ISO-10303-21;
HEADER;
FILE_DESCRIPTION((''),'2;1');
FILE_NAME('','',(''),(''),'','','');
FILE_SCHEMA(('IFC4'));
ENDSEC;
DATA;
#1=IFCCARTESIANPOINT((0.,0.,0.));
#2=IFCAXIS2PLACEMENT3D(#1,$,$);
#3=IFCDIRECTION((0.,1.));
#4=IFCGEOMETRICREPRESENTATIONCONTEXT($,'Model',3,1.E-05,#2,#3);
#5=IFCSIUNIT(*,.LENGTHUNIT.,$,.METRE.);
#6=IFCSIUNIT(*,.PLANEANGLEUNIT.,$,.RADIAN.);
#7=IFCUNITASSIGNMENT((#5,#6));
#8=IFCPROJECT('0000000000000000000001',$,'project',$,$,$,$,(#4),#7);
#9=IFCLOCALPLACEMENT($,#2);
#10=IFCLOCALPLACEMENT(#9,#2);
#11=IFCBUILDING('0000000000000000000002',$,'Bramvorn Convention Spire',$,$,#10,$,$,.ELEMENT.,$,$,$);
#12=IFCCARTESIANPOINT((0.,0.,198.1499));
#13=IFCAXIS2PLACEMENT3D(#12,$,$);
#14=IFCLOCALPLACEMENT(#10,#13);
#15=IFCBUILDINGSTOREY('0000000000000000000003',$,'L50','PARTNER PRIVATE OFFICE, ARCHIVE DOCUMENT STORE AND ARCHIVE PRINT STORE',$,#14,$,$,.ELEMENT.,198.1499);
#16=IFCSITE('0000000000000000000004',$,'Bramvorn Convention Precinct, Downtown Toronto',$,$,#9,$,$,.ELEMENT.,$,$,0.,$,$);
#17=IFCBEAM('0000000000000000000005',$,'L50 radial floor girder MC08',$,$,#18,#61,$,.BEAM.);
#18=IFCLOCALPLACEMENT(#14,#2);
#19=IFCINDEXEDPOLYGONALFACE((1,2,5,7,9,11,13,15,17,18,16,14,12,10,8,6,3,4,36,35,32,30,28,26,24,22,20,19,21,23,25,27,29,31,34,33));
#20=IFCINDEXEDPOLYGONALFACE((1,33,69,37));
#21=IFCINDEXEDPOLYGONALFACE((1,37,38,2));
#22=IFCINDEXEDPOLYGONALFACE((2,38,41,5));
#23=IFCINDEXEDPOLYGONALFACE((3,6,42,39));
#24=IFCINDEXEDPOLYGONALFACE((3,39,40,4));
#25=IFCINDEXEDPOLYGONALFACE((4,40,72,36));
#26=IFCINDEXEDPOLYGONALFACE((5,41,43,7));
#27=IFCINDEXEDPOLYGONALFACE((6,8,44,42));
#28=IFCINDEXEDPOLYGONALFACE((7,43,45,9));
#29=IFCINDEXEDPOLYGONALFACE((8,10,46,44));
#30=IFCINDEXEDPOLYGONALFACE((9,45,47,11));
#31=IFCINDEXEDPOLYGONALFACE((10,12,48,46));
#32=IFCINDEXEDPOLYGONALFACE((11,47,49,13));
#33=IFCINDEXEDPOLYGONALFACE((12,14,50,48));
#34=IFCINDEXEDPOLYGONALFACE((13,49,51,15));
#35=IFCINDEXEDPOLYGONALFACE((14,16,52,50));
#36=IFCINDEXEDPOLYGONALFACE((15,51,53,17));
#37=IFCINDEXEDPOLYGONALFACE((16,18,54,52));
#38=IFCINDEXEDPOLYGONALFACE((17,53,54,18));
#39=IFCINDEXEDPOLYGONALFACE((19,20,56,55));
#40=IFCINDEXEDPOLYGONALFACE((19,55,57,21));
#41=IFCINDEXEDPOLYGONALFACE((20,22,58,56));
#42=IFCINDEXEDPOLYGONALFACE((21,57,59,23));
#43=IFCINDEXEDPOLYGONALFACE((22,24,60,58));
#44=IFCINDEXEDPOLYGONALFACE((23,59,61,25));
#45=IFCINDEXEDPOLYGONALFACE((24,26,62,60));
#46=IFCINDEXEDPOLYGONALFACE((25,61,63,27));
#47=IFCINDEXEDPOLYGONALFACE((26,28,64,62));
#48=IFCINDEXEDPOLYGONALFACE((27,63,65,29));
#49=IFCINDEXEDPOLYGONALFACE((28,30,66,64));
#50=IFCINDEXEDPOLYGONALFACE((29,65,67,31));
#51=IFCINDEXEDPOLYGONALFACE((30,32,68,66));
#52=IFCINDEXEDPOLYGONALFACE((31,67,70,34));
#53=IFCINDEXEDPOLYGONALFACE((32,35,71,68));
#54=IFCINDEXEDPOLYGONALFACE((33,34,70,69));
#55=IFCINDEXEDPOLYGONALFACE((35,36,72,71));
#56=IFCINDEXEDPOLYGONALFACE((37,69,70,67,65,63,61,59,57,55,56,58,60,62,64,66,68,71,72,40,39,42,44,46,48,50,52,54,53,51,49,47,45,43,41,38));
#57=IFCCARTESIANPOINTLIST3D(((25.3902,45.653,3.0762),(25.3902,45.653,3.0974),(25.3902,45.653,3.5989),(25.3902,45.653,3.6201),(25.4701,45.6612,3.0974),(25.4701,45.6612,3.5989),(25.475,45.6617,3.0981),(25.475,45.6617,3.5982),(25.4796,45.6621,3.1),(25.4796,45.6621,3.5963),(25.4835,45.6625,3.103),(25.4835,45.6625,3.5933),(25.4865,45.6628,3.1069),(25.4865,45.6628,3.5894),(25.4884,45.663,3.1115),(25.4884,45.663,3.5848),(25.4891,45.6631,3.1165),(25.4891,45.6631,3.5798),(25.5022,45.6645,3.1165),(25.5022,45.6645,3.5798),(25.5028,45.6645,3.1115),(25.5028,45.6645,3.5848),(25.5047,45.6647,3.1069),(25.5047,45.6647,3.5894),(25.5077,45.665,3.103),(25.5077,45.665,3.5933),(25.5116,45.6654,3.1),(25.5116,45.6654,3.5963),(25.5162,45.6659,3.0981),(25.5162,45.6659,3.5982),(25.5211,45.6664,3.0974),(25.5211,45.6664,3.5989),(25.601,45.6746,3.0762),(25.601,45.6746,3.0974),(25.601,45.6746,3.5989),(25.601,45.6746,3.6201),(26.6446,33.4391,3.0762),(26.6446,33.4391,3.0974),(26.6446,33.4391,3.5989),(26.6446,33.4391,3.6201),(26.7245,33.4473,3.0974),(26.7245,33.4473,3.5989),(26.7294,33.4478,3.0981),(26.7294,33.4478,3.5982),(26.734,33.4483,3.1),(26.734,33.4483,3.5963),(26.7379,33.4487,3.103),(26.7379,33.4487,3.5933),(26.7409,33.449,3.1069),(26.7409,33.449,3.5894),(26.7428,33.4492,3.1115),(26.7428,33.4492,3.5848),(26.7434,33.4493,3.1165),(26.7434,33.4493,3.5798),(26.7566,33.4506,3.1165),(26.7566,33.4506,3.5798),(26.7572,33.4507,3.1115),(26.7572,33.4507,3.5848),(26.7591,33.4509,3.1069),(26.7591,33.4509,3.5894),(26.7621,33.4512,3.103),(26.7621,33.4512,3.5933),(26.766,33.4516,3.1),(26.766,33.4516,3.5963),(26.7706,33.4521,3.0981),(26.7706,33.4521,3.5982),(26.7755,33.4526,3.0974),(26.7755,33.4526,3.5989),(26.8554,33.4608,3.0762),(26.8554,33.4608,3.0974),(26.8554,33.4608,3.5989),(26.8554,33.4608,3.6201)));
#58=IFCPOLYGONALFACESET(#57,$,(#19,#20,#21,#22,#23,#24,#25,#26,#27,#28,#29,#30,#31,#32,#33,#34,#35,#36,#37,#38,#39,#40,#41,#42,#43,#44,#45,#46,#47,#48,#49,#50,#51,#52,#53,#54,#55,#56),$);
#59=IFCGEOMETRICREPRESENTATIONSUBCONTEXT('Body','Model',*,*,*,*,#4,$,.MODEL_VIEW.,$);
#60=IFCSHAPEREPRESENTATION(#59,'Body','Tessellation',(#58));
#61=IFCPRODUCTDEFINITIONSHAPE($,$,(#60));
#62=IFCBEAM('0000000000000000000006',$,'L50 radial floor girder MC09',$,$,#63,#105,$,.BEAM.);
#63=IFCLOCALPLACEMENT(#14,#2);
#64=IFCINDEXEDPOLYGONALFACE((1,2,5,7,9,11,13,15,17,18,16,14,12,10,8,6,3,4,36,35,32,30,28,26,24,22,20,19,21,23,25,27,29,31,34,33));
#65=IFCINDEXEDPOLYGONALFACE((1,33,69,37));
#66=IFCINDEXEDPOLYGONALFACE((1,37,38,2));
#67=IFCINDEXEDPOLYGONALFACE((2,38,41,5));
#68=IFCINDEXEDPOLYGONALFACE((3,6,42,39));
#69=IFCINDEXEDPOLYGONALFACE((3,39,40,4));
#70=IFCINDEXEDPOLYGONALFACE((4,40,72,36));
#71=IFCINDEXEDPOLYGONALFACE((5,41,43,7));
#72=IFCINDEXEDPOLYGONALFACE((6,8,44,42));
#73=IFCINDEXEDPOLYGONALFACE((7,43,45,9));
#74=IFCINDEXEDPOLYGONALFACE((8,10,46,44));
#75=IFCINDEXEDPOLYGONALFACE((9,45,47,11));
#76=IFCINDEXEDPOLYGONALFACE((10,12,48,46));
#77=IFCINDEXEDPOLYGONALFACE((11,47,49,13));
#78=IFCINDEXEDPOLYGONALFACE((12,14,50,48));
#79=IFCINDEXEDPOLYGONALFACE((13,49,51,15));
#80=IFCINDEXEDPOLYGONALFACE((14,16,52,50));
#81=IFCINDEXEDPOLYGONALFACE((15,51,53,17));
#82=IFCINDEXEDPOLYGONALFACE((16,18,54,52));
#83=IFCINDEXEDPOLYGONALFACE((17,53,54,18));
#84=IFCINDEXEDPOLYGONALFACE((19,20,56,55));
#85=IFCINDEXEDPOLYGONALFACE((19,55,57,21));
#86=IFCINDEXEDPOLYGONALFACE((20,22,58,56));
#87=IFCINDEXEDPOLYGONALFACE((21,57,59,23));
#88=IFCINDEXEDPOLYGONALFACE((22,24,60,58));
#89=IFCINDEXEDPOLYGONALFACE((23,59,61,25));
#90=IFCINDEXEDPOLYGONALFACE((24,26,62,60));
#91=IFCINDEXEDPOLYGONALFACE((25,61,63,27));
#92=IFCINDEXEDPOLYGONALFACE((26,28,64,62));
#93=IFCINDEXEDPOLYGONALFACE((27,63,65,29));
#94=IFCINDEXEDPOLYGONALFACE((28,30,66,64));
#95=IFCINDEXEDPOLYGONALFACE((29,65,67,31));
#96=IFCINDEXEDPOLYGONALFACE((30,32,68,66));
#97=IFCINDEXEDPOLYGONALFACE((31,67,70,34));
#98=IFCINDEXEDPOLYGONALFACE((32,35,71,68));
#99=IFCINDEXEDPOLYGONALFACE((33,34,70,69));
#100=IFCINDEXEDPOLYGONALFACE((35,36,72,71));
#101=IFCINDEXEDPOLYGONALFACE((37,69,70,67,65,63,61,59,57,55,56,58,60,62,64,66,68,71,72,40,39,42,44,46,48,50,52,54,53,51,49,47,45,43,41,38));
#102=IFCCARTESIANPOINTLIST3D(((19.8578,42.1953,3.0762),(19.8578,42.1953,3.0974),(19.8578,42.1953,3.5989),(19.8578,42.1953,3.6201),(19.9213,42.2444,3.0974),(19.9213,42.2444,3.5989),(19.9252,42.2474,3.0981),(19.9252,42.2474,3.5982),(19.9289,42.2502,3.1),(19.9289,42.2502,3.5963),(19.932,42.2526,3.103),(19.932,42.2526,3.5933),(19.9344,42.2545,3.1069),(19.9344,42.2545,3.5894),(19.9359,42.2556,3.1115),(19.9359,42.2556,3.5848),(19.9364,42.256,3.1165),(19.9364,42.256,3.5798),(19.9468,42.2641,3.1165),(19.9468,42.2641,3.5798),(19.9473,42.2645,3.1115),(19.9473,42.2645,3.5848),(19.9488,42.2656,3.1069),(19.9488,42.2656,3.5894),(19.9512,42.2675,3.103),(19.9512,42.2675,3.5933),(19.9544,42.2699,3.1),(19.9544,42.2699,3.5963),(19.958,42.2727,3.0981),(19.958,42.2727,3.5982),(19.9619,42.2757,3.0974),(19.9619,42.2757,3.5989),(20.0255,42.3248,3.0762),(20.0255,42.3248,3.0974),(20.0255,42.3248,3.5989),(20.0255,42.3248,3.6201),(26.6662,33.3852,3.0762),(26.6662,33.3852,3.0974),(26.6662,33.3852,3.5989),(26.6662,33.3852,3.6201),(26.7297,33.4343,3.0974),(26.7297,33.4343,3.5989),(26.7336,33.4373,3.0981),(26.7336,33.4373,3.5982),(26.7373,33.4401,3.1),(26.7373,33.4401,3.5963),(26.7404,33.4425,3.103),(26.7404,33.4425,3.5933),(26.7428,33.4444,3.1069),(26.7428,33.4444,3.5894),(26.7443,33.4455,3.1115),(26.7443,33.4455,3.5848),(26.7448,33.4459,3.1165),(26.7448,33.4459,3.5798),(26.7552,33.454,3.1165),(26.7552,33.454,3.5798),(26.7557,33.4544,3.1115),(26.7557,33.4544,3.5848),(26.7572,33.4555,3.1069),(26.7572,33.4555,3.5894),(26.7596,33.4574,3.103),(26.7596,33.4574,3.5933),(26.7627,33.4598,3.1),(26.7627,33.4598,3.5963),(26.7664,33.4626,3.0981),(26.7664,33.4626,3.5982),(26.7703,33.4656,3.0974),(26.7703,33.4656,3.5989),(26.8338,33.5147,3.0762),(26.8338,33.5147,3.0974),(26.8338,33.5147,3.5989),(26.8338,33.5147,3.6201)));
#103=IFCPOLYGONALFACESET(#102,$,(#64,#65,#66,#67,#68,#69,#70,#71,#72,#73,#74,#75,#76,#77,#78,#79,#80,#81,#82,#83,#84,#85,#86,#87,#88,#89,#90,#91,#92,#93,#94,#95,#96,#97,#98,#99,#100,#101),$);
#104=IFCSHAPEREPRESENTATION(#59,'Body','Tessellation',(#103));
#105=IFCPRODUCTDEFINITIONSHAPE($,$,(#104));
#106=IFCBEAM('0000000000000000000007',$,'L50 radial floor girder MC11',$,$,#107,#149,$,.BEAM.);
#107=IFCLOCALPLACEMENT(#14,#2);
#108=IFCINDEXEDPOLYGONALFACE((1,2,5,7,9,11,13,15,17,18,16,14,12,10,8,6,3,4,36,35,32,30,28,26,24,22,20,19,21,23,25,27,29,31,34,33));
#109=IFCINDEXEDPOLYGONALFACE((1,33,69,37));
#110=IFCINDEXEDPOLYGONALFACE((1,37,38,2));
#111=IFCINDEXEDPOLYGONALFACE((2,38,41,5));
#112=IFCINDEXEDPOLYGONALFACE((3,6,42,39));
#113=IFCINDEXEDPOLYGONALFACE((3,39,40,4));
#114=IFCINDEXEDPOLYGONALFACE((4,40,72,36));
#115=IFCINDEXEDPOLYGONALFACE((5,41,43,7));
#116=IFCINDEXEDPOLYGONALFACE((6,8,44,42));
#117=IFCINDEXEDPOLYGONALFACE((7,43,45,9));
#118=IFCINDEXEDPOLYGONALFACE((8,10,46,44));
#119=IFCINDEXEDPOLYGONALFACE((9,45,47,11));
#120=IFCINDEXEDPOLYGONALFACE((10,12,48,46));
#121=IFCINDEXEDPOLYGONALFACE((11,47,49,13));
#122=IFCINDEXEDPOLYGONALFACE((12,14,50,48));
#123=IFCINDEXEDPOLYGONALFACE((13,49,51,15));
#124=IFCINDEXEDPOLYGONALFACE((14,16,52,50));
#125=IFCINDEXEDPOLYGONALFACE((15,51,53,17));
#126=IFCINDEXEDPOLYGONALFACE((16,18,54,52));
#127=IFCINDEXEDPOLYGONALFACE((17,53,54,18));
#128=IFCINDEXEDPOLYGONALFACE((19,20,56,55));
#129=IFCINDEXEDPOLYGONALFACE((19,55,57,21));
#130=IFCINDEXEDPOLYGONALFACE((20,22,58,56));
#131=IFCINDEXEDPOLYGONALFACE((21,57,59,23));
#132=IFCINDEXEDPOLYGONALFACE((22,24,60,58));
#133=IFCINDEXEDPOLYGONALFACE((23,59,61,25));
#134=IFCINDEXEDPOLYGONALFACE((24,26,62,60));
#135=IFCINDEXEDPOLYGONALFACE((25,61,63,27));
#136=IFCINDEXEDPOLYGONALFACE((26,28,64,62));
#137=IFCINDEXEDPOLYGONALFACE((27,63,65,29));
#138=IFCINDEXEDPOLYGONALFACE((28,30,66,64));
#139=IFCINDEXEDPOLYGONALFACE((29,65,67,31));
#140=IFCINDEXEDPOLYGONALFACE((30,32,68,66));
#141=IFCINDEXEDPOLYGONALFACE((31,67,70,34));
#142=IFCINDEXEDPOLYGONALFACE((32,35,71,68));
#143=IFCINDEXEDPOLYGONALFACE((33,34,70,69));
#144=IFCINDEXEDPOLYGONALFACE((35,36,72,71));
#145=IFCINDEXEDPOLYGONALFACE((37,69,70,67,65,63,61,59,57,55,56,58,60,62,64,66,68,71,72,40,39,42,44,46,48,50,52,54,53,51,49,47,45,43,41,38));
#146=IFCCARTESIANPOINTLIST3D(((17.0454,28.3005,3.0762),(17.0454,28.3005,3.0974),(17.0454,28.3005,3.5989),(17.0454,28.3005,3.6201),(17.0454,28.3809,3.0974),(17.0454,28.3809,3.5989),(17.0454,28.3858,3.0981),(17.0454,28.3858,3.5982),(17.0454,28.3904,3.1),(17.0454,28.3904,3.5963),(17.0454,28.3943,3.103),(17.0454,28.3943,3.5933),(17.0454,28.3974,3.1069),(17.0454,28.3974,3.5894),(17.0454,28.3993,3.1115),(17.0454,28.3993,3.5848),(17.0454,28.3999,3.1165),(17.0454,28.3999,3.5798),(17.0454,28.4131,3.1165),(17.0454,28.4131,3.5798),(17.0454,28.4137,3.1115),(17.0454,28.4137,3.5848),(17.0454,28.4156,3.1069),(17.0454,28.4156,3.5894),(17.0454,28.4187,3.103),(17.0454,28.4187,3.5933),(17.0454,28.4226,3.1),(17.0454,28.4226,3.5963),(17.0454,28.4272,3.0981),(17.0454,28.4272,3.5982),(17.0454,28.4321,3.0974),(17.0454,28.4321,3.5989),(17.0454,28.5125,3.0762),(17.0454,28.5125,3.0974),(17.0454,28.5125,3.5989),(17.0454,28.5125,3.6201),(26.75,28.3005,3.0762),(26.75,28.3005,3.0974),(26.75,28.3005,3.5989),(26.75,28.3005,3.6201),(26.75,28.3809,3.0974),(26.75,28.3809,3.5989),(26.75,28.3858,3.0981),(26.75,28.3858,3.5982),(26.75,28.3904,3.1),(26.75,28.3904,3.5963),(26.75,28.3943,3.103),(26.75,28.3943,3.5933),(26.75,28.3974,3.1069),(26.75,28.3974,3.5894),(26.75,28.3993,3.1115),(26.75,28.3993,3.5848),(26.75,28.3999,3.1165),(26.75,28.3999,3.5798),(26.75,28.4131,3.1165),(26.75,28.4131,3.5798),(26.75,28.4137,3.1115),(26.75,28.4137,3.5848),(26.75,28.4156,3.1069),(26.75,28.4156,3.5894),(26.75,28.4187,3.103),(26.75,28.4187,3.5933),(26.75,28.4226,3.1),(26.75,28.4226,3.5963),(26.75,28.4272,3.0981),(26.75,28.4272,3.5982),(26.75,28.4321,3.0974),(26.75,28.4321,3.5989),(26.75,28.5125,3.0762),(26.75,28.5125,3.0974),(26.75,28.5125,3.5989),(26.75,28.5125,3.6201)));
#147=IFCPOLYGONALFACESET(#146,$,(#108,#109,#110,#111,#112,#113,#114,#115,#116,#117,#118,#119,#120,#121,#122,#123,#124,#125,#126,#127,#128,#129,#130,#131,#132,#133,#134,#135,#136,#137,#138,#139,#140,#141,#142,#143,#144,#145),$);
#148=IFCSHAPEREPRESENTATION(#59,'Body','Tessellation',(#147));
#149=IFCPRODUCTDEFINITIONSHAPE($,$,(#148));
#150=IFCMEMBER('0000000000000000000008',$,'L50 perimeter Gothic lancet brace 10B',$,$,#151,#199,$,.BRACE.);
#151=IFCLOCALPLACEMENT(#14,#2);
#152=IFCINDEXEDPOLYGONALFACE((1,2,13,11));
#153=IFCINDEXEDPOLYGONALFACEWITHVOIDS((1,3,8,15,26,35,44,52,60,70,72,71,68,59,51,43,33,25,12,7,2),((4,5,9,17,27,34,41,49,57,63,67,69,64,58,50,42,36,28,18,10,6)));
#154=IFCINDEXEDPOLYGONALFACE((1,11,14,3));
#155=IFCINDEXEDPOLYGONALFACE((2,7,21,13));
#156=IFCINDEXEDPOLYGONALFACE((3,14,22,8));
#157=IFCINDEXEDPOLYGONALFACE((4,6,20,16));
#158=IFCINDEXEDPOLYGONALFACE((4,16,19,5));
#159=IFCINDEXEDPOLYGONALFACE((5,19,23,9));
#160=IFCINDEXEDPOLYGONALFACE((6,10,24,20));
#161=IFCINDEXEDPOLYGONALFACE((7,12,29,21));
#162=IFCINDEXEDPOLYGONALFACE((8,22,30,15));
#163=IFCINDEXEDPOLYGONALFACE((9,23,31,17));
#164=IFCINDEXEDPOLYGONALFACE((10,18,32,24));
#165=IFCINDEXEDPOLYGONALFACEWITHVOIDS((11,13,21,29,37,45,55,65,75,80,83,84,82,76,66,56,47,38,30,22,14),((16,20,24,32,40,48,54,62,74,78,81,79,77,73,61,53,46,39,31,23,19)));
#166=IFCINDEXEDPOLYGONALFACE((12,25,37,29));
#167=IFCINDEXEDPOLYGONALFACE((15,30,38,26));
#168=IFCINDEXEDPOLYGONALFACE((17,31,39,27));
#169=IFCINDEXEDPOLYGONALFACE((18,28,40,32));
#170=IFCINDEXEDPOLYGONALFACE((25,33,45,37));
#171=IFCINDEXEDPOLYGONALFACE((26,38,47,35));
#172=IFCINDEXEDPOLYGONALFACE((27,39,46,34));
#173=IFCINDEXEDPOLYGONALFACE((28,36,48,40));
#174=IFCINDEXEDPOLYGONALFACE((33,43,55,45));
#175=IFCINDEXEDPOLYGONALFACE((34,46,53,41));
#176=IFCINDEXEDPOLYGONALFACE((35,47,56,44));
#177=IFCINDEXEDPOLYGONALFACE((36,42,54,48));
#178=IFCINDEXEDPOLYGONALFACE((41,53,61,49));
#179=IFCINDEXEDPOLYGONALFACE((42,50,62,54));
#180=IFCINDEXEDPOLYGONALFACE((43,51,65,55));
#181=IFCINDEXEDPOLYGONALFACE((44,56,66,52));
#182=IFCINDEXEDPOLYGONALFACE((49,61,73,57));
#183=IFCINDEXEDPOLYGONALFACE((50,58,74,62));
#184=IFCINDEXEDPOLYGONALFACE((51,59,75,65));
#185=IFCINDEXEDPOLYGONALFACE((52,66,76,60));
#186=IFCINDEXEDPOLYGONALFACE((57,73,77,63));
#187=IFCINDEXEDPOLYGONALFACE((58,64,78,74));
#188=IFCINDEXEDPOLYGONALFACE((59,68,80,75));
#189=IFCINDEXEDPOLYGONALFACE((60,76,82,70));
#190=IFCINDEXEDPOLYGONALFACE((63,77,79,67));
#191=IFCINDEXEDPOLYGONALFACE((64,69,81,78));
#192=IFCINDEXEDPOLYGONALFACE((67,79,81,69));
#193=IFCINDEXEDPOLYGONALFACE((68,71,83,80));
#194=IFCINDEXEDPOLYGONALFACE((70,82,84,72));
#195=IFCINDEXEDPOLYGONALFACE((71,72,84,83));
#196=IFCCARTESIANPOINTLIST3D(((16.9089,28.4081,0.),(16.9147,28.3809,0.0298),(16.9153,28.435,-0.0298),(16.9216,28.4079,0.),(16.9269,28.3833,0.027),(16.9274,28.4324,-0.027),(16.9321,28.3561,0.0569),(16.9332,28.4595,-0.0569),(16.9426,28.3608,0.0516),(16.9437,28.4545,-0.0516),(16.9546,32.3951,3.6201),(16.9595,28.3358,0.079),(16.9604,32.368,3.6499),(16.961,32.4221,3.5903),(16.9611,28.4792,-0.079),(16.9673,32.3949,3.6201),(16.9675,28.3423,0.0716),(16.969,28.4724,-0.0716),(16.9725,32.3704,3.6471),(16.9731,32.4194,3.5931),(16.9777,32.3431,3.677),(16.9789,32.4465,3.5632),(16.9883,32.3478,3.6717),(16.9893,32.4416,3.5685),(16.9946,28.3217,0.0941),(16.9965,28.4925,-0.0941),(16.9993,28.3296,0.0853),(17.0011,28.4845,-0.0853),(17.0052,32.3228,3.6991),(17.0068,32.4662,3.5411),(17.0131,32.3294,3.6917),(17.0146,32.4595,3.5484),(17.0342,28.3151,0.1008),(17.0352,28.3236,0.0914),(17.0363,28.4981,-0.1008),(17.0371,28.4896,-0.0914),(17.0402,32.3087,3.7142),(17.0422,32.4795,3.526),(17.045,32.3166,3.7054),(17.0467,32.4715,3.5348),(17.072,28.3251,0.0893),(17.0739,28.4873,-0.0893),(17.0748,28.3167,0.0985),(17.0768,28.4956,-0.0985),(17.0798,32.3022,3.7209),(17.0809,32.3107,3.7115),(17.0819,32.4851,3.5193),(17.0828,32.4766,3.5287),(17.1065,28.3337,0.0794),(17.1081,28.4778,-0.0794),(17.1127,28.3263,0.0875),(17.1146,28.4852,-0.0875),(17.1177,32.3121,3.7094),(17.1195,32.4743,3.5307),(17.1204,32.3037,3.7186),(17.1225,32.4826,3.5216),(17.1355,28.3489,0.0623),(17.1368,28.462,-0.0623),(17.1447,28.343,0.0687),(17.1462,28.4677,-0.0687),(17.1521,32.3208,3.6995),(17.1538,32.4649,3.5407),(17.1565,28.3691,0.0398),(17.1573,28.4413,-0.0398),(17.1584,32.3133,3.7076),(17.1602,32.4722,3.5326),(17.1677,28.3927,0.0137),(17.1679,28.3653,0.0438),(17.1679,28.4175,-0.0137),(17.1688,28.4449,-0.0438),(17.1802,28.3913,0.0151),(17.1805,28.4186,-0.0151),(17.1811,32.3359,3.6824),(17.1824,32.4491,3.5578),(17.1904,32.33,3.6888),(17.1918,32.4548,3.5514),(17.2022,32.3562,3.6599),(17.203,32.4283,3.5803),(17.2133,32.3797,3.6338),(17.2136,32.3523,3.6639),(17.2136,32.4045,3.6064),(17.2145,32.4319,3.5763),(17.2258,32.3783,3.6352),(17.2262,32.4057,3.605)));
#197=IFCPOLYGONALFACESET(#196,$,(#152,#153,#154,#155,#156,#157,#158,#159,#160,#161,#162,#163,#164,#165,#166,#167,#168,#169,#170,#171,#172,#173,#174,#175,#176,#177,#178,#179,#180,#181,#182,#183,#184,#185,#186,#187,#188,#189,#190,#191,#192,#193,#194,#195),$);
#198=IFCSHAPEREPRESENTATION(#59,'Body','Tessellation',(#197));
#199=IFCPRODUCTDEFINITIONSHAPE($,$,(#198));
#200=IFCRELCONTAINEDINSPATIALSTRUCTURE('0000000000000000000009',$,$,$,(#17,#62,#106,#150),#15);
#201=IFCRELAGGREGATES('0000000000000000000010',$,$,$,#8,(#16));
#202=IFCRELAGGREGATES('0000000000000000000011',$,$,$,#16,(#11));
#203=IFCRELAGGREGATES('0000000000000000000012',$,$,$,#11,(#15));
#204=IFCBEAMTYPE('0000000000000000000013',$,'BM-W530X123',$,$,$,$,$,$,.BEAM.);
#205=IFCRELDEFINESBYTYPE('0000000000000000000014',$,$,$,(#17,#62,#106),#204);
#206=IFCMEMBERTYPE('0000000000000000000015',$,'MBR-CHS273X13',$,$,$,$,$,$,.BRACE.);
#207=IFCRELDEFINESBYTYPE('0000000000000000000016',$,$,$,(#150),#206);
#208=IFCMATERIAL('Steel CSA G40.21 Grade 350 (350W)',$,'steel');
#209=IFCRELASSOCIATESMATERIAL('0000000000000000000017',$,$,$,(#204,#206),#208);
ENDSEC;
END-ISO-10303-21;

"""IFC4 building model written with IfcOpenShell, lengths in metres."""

from ifc_helpers import new_model, si_unit, direction, frame, origin, origin_2d, place, context, subcontext, project, spatial, hollow_circle, i_section, extrude, material, material_profile, profile_set, type_object, element, save


model = new_model("IFC4")

# Units and contexts
model_context = context("Model", 3, precision=1e-05, world=origin(), true_north=direction((0.0, 1.0)))
body_context = subcontext(model_context, "Body", "Model", "MODEL_VIEW")
ifc_project = project(units=[si_unit("LENGTHUNIT", "METRE"), si_unit("PLANEANGLEUNIT", "RADIAN")], contexts=[model_context])

# Site, building, storey
site_placement = place(None, origin())
site = spatial("IfcSite", under=ifc_project, at=site_placement, Name="Bramvorn Convention Precinct, Downtown Toronto", CompositionType="ELEMENT", RefElevation=0.0)
building_placement = place(site_placement, origin())
building = spatial("IfcBuilding", under=site, at=building_placement, Name="Bramvorn Convention Spire", CompositionType="ELEMENT")
storey_placement = place(building_placement, frame((0.0, 0.0, 198.1499)))
storey = spatial("IfcBuildingStorey", under=building, at=storey_placement, Name="L50", Description="PARTNER PRIVATE OFFICE, ARCHIVE DOCUMENT STORE AND ARCHIVE PRINT STORE", CompositionType="ELEMENT", Elevation=198.1499)

# Shared definitions
ifc_material_1 = material(Name="Steel CSA G40.21 Grade 350 (350W)", Category="steel")

# Beams
ifc_material_profile_1 = material_profile(ifc_material_1, i_section(OverallWidth=0.2119, OverallDepth=0.5439, WebThickness=0.0132, FlangeThickness=0.0212, FilletRadius=0.019, at=origin_2d()))
ifc_profile_set_1 = profile_set([ifc_material_profile_1], Name="Steel CSA G40.21 Grade 350 (350W) - W530X123")
beam_type_1 = type_object("IfcBeamType", Name="BM-W530X123", PredefinedType="BEAM", material=ifc_profile_set_1)
beam_1_placement = place(storey_placement, frame((26.75, 33.45, 3.3481), z_axis=(-0.102165, 0.994767, 0.0), x_axis=(-0.994767, -0.102165, 0.0)))
element("IfcBeam", 1, at=beam_1_placement, inside=storey, type_object=beam_type_1, Name="L50 radial floor girder MC08", PredefinedType="BEAM", context=body_context, shape_type="SweptSolid", body=[
    extrude(i_section(OverallWidth=0.2119, OverallDepth=0.5439, WebThickness=0.0132, FlangeThickness=0.0212, FilletRadius=0.019, at=origin_2d()), origin(), (0.0, 0.0, 1.0), 12.2781),
])
beam_2_placement = place(storey_placement, frame((26.75, 33.45, 3.3481), z_axis=(-0.61148, 0.79126, 0.0), x_axis=(-0.79126, -0.61148, 0.0)))
element("IfcBeam", 2, at=beam_2_placement, inside=storey, type_object=beam_type_1, Name="L50 radial floor girder MC09", PredefinedType="BEAM", context=body_context, shape_type="SweptSolid", body=[
    extrude(i_section(OverallWidth=0.2119, OverallDepth=0.5439, WebThickness=0.0132, FlangeThickness=0.0212, FilletRadius=0.019, at=origin_2d()), origin(), (0.0, 0.0, 1.0), 11.1343),
])
beam_3_placement = place(storey_placement, frame((26.75, 28.4065, 3.3481), z_axis=(-1.0, 0.0, 0.0), x_axis=(0.0, -1.0, 0.0)))
element("IfcBeam", 3, at=beam_3_placement, inside=storey, type_object=beam_type_1, Name="L50 radial floor girder MC11", PredefinedType="BEAM", context=body_context, shape_type="SweptSolid", body=[
    extrude(i_section(OverallWidth=0.2119, OverallDepth=0.5439, WebThickness=0.0132, FlangeThickness=0.0212, FilletRadius=0.019, at=origin_2d()), origin(), (0.0, 0.0, 1.0), 9.7046),
])

# Member
ifc_material_profile_2 = material_profile(ifc_material_1, hollow_circle(Radius=0.1365, WallThickness=0.0127, at=origin_2d()))
ifc_profile_set_2 = profile_set([ifc_material_profile_2], Name="Steel CSA G40.21 Grade 350 (350W) - CHS273X13")
member_type = type_object("IfcMemberType", Name="MBR-CHS273X13", PredefinedType="BRACE", material=ifc_profile_set_2)
member_placement = place(storey_placement, frame((17.0454, 28.4065, 0.0), z_axis=(0.008477, 0.740328, 0.672193), x_axis=(-0.999934, 0.01145, 0.0)))
element("IfcMember", 4, at=member_placement, inside=storey, type_object=member_type, Name="L50 perimeter Gothic lancet brace 10B", PredefinedType="BRACE", context=body_context, shape_type="SweptSolid", body=[
    extrude(hollow_circle(Radius=0.1365, WallThickness=0.0127, at=origin_2d()), origin(), (0.0, 0.0, 1.0), 5.3855),
])

save(model, "model.ifc")
